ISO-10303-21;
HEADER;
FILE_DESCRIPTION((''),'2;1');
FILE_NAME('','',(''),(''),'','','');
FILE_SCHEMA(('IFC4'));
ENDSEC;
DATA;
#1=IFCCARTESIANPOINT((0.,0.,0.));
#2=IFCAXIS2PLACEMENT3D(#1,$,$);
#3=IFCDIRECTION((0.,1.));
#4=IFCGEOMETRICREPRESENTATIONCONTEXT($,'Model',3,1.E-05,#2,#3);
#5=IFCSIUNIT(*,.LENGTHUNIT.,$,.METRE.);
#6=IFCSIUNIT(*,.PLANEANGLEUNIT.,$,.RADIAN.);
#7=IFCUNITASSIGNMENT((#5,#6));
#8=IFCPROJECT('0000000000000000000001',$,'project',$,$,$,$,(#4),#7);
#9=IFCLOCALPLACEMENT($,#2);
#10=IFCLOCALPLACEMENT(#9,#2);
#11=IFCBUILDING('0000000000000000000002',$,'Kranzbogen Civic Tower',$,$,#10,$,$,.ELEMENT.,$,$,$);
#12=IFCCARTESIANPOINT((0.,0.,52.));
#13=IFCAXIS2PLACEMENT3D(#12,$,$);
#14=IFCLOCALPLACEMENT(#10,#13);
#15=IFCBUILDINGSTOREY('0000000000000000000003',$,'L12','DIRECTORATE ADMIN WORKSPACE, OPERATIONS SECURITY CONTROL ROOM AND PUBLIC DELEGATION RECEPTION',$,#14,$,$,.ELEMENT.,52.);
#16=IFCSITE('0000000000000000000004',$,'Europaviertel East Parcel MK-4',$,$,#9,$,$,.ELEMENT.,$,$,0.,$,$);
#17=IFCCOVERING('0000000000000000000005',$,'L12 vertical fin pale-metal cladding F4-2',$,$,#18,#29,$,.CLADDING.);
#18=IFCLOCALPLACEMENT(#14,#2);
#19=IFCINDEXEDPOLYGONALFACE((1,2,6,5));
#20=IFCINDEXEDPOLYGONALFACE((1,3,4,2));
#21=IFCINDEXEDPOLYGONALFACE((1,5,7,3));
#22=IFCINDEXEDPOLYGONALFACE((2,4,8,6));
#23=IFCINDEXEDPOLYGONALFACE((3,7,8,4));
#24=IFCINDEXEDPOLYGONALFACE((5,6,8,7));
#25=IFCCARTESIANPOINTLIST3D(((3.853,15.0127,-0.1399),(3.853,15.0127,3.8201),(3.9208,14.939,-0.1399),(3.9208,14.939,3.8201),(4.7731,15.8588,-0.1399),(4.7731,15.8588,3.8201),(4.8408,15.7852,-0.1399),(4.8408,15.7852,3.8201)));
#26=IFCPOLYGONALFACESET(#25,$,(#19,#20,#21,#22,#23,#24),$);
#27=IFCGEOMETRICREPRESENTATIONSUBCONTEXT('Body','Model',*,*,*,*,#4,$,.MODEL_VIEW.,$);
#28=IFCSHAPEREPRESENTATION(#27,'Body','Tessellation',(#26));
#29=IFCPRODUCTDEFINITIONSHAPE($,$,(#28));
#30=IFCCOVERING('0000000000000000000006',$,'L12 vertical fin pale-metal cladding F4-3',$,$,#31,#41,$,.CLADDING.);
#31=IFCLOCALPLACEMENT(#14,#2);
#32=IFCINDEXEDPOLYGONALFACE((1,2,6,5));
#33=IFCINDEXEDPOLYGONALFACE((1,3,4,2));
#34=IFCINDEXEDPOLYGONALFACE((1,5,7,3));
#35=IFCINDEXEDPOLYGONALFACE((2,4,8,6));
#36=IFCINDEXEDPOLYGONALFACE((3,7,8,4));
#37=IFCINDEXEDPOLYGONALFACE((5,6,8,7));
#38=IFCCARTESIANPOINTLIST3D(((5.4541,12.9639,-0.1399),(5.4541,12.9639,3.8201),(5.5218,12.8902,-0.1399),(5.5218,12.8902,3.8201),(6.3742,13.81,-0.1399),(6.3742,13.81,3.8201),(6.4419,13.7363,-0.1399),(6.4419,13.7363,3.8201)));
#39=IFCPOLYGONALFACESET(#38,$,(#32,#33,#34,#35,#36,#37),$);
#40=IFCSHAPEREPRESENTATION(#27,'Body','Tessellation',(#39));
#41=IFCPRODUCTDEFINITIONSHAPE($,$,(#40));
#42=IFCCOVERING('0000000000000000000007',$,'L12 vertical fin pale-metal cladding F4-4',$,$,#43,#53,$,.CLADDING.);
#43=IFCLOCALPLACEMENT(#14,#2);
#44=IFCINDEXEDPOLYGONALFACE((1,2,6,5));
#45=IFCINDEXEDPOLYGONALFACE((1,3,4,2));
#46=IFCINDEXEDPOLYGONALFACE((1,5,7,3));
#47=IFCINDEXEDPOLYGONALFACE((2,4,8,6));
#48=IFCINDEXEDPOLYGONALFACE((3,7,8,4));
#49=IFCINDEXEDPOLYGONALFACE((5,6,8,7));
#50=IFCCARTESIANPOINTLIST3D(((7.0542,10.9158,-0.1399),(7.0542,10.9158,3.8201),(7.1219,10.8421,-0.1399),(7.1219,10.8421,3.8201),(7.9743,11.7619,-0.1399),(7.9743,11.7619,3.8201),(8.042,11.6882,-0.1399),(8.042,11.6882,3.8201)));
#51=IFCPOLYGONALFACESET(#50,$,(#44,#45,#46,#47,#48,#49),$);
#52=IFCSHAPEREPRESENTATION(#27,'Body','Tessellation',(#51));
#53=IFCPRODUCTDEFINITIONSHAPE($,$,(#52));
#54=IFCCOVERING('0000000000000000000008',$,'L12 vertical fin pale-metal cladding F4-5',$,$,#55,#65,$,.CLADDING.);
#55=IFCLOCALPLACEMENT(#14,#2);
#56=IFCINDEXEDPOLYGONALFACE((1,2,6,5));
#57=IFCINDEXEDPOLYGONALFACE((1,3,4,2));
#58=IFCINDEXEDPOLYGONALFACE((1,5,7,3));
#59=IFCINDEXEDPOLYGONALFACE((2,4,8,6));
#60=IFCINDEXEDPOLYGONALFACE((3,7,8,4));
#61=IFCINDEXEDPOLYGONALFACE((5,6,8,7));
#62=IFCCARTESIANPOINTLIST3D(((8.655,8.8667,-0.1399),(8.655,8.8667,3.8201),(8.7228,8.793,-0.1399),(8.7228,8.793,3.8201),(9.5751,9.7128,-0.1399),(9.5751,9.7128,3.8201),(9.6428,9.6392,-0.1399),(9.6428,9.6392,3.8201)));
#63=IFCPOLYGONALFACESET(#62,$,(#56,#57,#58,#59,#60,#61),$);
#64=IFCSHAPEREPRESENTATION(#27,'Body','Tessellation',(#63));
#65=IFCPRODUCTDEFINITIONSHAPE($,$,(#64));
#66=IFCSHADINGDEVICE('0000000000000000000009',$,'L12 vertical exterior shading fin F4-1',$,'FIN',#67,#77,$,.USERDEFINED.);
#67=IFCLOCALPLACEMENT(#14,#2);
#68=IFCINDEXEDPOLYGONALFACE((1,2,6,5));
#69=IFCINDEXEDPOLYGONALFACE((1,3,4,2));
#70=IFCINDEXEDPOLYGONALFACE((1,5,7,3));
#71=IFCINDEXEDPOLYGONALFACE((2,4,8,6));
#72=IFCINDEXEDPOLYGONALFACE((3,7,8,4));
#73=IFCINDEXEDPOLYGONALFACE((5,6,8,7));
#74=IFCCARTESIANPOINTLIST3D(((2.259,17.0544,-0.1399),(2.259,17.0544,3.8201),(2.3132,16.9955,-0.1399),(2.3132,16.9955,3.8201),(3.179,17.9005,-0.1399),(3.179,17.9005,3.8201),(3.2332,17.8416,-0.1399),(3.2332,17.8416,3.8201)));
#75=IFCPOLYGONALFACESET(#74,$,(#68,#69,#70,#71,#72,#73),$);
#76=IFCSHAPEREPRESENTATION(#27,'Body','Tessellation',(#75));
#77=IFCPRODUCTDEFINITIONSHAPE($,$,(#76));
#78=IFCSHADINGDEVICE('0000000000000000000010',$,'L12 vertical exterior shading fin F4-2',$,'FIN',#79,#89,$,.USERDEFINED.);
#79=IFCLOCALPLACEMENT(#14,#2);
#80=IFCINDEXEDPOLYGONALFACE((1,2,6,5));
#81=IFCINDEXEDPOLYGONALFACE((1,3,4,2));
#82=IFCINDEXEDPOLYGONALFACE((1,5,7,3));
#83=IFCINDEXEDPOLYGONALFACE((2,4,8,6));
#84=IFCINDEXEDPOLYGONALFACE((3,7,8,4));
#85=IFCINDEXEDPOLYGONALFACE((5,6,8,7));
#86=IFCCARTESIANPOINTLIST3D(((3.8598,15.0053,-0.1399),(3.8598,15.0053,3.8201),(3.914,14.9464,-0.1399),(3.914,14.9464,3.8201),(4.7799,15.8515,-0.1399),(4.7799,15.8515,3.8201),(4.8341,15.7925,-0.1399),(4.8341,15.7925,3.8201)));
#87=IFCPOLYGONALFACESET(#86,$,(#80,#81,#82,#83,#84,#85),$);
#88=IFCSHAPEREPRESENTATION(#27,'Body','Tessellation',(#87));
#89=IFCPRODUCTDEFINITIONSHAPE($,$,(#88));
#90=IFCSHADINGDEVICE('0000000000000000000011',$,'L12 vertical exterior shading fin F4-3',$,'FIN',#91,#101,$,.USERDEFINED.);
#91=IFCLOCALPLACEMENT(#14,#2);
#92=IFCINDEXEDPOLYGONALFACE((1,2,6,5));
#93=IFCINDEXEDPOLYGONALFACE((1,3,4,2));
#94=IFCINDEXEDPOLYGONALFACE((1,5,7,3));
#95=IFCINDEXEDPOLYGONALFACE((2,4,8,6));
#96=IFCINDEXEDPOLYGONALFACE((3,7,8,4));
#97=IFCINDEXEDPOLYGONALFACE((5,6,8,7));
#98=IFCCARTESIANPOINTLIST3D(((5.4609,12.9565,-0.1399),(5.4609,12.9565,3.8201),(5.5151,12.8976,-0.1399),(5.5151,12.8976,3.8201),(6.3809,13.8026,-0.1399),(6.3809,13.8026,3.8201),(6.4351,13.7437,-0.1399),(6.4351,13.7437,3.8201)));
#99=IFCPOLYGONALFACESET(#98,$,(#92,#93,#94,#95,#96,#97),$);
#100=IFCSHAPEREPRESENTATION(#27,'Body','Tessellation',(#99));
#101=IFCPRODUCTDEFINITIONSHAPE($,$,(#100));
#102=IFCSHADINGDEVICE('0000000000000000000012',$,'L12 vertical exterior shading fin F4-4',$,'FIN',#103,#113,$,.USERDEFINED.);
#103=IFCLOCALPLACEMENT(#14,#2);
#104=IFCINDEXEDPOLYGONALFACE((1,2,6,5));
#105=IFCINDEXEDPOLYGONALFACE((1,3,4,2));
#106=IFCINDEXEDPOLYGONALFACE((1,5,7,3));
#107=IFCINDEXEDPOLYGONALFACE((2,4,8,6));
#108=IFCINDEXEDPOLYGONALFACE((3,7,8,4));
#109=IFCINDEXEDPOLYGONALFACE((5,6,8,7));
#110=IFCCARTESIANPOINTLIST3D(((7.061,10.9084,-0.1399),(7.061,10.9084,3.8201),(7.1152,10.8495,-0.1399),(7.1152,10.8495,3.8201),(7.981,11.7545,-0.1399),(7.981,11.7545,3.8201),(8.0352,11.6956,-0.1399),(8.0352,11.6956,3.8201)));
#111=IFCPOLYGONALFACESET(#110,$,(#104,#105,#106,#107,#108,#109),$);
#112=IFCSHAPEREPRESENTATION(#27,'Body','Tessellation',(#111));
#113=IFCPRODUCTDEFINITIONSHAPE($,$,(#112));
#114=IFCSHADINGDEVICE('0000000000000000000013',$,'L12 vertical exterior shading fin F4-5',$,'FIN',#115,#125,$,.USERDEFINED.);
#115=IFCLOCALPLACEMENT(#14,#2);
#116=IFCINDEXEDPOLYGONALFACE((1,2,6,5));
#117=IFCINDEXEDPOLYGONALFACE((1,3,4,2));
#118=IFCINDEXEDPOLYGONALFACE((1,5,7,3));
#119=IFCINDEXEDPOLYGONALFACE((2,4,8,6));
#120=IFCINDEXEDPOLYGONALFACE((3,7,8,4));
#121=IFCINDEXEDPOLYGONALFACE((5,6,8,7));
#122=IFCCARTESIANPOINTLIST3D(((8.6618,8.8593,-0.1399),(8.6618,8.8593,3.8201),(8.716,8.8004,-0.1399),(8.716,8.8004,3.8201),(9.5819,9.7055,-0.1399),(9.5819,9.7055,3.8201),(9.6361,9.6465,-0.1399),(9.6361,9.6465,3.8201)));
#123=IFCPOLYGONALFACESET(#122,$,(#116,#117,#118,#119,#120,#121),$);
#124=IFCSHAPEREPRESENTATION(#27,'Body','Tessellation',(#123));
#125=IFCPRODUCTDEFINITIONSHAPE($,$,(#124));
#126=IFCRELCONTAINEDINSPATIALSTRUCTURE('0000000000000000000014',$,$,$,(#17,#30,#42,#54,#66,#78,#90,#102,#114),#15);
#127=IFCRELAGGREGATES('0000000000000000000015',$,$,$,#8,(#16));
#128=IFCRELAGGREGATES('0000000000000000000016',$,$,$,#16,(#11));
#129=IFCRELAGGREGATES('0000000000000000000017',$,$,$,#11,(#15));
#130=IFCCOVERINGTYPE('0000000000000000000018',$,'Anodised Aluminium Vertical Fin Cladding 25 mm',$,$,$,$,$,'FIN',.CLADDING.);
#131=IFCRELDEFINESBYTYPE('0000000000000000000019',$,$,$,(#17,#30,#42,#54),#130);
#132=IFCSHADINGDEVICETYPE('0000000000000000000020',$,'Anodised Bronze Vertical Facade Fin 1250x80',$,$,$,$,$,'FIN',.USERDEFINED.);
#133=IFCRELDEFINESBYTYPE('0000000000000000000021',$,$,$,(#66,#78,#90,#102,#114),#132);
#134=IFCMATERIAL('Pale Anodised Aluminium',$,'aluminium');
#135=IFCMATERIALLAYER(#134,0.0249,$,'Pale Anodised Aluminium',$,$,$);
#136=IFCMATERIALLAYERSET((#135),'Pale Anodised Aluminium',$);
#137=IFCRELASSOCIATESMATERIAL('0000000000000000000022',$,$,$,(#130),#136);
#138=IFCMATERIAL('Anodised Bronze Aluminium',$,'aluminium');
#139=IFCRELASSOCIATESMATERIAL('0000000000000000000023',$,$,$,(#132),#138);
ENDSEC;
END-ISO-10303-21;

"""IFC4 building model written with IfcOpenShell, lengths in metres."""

from ifc_helpers import new_model, si_unit, direction, frame, origin, origin_2d, place, context, subcontext, project, spatial, rectangle, extrude, material, layer, layer_set, type_object, element, save


model = new_model("IFC4")

# Units and contexts
model_context = context("Model", 3, precision=1e-05, world=origin(), true_north=direction((0.0, 1.0)))
body_context = subcontext(model_context, "Body", "Model", "MODEL_VIEW")
ifc_project = project(units=[si_unit("LENGTHUNIT", "METRE"), si_unit("PLANEANGLEUNIT", "RADIAN")], contexts=[model_context])

# Site, building, storey
site_placement = place(None, origin())
site = spatial("IfcSite", under=ifc_project, at=site_placement, Name="Europaviertel East Parcel MK-4", CompositionType="ELEMENT", RefElevation=0.0)
building_placement = place(site_placement, origin())
building = spatial("IfcBuilding", under=site, at=building_placement, Name="Kranzbogen Civic Tower", CompositionType="ELEMENT")
storey_placement = place(building_placement, frame((0.0, 0.0, 52.0)))
storey = spatial("IfcBuildingStorey", under=building, at=storey_placement, Name="L12", Description="DIRECTORATE ADMIN WORKSPACE, OPERATIONS SECURITY CONTROL ROOM AND PUBLIC DELEGATION RECEPTION", CompositionType="ELEMENT", Elevation=52.0)

# Shared definitions
ifc_material_1 = material(Name="Pale Anodised Aluminium", Category="aluminium")

# Coverings
ifc_layer_1 = layer(ifc_material_1, 0.0249, Name="Pale Anodised Aluminium")
ifc_layer_set_1 = layer_set([ifc_layer_1], Name="Pale Anodised Aluminium")
covering_type_1 = type_object("IfcCoveringType", Name="Anodised Aluminium Vertical Fin Cladding 25 mm", ElementType="FIN", PredefinedType="CLADDING", material=ifc_layer_set_1)
for number, where, z_axis, x_axis, name in (
    (1, (4.3469, 15.3989, -0.1399), (0.0, 0.0, 1.0), (-0.736062, -0.676915, 0.0), "L12 vertical fin pale-metal cladding F4-2"),
    (2, (5.948, 13.3501, -0.1399), (0.0, 0.0, 1.0), (-0.736062, -0.676915, 0.0), "L12 vertical fin pale-metal cladding F4-3"),
    (3, (7.5481, 11.302, -0.1399), (0.0, 0.0, 1.0), (-0.736062, -0.676915, 0.0), "L12 vertical fin pale-metal cladding F4-4"),
    (4, (9.1489, 9.2529, -0.1399), (0.0, 0.0, 1.0), (-0.736062, -0.676915, 0.0), "L12 vertical fin pale-metal cladding F4-5"),
):
    element("IfcCovering", number, at=place(storey_placement, frame(where, z_axis=z_axis, x_axis=x_axis)), inside=storey, type_object=covering_type_1, Name=name, PredefinedType="CLADDING", context=body_context, shape_type="SweptSolid", body=[
        extrude(rectangle(XDim=1.25, YDim=0.1001, at=origin_2d()), origin(), (0.0, 0.0, 1.0), 3.96),
    ])

# Shading devices
ifc_material_2 = material(Name="Anodised Bronze Aluminium", Category="aluminium")
shading_device_type = type_object("IfcShadingDeviceType", Name="Anodised Bronze Vertical Facade Fin 1250x80", ElementType="FIN", PredefinedType="USERDEFINED", material=ifc_material_2)
for number, where, z_axis, x_axis, name in (
    (5, (2.7461, 17.448, -0.1399), (0.0, 0.0, 1.0), (-0.736062, -0.676915, 0.0), "L12 vertical exterior shading fin F4-1"),
    (6, (4.3469, 15.3989, -0.1399), (0.0, 0.0, 1.0), (-0.736062, -0.676915, 0.0), "L12 vertical exterior shading fin F4-2"),
    (7, (5.948, 13.3501, -0.1399), (0.0, 0.0, 1.0), (-0.736062, -0.676915, 0.0), "L12 vertical exterior shading fin F4-3"),
    (8, (7.5481, 11.302, -0.1399), (0.0, 0.0, 1.0), (-0.736062, -0.676915, 0.0), "L12 vertical exterior shading fin F4-4"),
    (9, (9.1489, 9.2529, -0.1399), (0.0, 0.0, 1.0), (-0.736062, -0.676915, 0.0), "L12 vertical exterior shading fin F4-5"),
):
    element("IfcShadingDevice", number, at=place(storey_placement, frame(where, z_axis=z_axis, x_axis=x_axis)), inside=storey, type_object=shading_device_type, Name=name, ObjectType="FIN", PredefinedType="USERDEFINED", context=body_context, shape_type="SweptSolid", body=[
        extrude(rectangle(XDim=1.25, YDim=0.0801, at=origin_2d()), origin(), (0.0, 0.0, 1.0), 3.96),
    ])

save(model, "model.ifc")
